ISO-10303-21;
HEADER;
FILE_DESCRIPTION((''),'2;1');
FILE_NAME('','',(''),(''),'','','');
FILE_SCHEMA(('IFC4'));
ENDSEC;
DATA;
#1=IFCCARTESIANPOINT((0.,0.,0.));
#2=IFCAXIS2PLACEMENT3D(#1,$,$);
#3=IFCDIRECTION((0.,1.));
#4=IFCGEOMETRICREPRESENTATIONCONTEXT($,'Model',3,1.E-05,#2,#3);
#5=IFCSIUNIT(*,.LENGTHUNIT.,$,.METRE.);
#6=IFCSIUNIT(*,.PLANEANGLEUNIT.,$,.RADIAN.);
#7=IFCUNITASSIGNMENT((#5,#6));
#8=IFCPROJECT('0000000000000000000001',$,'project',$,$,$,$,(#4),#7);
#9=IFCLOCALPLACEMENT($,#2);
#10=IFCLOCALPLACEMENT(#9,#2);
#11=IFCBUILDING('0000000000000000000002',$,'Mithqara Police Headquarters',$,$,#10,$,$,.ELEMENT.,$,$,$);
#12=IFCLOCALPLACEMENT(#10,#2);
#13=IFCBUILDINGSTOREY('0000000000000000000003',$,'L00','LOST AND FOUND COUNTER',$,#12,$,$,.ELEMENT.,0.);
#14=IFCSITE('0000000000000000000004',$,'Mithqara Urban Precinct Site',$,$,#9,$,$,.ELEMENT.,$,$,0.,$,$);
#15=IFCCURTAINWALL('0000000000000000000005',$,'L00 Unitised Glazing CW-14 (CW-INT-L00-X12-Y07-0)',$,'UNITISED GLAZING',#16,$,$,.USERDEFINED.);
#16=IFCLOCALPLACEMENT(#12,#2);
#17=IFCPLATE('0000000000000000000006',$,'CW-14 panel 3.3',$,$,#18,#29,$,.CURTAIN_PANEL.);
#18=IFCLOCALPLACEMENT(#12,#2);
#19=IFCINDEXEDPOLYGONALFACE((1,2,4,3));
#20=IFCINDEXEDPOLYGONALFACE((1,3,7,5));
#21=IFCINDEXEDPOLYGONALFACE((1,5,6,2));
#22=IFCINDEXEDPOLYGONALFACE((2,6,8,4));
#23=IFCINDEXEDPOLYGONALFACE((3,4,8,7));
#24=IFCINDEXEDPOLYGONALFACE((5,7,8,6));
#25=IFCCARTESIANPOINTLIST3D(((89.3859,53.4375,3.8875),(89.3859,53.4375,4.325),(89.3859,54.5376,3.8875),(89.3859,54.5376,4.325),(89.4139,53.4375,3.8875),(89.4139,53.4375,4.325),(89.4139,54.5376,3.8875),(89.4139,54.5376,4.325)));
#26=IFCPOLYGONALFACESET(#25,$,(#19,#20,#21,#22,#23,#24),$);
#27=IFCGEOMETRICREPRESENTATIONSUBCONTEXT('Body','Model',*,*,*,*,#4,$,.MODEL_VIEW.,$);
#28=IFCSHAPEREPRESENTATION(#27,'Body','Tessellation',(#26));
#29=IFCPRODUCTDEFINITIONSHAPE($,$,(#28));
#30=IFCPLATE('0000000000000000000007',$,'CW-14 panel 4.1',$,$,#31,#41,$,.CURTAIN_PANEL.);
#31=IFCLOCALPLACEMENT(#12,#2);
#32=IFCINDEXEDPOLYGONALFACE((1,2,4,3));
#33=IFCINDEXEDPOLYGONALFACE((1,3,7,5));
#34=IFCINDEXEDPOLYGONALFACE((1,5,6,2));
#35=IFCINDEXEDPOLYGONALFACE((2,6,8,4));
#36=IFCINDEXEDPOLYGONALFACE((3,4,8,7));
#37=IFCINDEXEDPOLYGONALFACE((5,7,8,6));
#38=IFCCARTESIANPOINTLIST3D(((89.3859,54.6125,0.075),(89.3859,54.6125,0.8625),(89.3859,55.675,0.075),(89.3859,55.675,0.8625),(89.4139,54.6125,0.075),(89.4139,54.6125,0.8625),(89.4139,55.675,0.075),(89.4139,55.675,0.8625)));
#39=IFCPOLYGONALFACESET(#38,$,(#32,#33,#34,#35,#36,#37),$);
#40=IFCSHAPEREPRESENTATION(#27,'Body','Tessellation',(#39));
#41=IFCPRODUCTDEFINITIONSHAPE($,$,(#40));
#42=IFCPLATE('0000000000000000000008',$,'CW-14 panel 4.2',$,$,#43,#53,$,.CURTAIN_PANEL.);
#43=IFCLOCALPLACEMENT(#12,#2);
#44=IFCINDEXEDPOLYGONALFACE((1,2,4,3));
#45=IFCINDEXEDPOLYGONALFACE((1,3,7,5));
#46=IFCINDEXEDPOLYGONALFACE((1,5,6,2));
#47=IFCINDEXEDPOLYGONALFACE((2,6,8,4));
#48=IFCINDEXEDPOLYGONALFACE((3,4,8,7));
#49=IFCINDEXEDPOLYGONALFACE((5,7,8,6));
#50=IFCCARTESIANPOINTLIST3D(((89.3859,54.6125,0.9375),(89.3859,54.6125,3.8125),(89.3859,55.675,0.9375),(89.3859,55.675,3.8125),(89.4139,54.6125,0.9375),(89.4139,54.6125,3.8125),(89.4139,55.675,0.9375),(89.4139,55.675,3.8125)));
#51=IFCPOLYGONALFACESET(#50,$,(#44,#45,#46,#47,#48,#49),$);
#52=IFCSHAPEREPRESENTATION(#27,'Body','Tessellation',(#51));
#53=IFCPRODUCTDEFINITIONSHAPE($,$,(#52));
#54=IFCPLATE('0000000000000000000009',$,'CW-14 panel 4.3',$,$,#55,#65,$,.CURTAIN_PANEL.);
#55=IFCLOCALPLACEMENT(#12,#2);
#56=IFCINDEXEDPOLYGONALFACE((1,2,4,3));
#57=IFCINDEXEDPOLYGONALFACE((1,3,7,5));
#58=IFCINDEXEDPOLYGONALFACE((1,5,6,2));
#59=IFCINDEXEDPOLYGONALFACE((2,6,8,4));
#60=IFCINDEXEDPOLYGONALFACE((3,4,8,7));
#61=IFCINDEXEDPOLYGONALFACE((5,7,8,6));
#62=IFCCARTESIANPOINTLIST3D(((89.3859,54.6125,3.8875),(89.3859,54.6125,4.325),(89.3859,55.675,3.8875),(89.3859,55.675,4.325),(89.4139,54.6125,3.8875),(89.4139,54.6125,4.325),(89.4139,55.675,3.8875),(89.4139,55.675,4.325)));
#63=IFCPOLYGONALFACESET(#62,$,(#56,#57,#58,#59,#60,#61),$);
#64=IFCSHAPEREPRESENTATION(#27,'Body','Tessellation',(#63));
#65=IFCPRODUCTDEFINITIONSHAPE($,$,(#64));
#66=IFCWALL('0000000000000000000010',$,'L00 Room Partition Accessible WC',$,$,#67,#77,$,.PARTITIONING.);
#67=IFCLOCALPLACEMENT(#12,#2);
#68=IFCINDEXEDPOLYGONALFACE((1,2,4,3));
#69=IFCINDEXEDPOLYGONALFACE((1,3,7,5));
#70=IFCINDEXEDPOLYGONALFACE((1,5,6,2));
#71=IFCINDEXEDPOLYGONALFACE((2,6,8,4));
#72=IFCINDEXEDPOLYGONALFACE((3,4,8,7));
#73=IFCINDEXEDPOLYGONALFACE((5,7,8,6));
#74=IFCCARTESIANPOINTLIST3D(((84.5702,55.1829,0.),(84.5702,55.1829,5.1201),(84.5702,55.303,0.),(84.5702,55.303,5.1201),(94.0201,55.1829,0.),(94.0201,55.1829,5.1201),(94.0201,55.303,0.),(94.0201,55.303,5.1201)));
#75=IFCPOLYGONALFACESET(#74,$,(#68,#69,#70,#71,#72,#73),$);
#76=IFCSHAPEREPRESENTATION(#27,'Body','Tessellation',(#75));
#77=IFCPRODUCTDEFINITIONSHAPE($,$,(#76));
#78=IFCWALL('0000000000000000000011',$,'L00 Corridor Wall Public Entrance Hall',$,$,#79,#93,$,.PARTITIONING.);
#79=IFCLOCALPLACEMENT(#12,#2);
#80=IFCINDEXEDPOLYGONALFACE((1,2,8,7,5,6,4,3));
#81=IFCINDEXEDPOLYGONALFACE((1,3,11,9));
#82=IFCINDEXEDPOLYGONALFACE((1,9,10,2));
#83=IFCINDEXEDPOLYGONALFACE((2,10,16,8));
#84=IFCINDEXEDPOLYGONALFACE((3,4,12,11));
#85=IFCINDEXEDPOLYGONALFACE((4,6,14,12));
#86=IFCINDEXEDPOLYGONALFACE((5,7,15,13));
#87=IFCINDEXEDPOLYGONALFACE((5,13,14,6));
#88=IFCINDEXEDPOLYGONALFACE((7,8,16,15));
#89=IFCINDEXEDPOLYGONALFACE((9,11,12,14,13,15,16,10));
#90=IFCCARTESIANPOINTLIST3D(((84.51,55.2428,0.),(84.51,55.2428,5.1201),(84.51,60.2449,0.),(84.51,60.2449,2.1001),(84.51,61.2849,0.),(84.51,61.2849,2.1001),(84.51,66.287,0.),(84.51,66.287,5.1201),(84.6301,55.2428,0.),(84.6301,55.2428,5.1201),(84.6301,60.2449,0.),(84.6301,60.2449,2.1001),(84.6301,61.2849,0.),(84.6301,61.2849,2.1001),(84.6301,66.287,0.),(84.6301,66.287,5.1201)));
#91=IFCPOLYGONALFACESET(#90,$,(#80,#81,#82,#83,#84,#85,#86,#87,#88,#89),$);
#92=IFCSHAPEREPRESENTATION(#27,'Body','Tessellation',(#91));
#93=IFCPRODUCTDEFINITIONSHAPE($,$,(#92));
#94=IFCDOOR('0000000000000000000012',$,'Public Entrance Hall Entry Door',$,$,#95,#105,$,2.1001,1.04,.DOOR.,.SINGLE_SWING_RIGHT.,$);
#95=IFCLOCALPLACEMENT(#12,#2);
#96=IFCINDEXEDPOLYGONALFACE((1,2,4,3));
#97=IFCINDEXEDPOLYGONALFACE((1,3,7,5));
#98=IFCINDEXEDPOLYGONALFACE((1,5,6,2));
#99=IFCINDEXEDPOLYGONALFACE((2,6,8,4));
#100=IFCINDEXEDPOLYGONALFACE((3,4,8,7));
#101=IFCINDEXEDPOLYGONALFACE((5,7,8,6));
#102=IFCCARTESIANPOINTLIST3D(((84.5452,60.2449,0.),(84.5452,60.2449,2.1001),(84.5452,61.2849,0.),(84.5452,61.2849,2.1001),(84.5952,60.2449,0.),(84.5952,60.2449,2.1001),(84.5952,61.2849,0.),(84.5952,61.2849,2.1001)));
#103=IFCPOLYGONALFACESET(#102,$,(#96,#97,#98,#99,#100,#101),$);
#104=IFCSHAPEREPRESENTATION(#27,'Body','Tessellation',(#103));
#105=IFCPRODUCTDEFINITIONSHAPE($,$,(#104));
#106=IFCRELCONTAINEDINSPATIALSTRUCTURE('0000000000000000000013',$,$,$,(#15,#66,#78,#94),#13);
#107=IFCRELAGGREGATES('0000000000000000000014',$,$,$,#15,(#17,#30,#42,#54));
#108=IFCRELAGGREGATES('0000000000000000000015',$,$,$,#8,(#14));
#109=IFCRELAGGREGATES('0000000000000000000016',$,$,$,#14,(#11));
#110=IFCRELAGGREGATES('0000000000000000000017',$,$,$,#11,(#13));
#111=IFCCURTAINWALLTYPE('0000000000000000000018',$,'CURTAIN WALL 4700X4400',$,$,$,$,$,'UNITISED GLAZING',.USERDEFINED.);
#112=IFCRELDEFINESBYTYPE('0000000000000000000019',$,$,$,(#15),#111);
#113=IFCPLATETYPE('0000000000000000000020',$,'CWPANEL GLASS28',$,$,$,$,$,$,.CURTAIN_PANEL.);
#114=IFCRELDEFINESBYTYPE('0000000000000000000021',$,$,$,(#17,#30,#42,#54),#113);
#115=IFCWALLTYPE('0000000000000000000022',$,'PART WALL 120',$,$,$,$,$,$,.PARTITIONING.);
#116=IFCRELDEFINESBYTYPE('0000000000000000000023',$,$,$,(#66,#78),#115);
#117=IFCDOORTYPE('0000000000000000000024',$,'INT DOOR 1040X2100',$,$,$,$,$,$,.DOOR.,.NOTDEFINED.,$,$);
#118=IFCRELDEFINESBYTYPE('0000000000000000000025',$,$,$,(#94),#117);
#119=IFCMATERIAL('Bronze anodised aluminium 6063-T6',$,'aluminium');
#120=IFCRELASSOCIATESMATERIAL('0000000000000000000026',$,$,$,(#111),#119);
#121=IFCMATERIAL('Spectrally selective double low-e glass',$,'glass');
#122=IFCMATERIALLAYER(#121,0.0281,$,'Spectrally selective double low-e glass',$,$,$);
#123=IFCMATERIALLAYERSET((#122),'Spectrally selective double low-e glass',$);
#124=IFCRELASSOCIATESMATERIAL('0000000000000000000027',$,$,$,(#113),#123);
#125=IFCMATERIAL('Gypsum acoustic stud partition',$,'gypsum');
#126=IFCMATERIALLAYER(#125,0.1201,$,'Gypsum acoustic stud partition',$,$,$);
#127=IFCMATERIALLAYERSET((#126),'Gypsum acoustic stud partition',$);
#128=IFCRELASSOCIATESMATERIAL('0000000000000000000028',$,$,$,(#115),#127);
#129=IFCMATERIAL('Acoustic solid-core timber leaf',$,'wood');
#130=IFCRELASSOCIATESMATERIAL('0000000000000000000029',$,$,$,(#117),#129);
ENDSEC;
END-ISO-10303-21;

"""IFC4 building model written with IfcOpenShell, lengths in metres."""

from ifc_helpers import new_model, si_unit, direction, frame, frame_2d, origin, origin_2d, place, context, subcontext, project, spatial, rectangle, extrude, material, layer, layer_set, type_object, element, fill, aggregate, save


model = new_model("IFC4")

# Units and contexts
model_context = context("Model", 3, precision=1e-05, world=origin(), true_north=direction((0.0, 1.0)))
body_context = subcontext(model_context, "Body", "Model", "MODEL_VIEW")
ifc_project = project(units=[si_unit("LENGTHUNIT", "METRE"), si_unit("PLANEANGLEUNIT", "RADIAN")], contexts=[model_context])

# Site, building, storey
site_placement = place(None, origin())
site = spatial("IfcSite", under=ifc_project, at=site_placement, Name="Mithqara Urban Precinct Site", CompositionType="ELEMENT", RefElevation=0.0)
building_placement = place(site_placement, origin())
building = spatial("IfcBuilding", under=site, at=building_placement, Name="Mithqara Police Headquarters", CompositionType="ELEMENT")
storey_placement = place(building_placement, origin())
storey = spatial("IfcBuildingStorey", under=building, at=storey_placement, Name="L00", Description="LOST AND FOUND COUNTER", CompositionType="ELEMENT", Elevation=0.0)

# Shared definitions
ifc_material_1 = material(Name="Bronze anodised aluminium 6063-T6", Category="aluminium")
curtain_wall_type = type_object("IfcCurtainWallType", Name="CURTAIN WALL 4700X4400", ElementType="UNITISED GLAZING", PredefinedType="USERDEFINED", material=ifc_material_1)

# Curtain wall
curtain_wall_1_placement = place(storey_placement, origin())
curtain_wall_1 = element("IfcCurtainWall", 1, at=curtain_wall_1_placement, inside=storey, type_object=curtain_wall_type, Name="L00 Unitised Glazing CW-14 (CW-INT-L00-X12-Y07-0)", ObjectType="UNITISED GLAZING", PredefinedType="USERDEFINED")

# Plates
ifc_material_2 = material(Name="Spectrally selective double low-e glass", Category="glass")
ifc_layer_1 = layer(ifc_material_2, 0.0281, Name="Spectrally selective double low-e glass")
ifc_layer_set_1 = layer_set([ifc_layer_1], Name="Spectrally selective double low-e glass")
plate_type = type_object("IfcPlateType", Name="CWPANEL GLASS28", PredefinedType="CURTAIN_PANEL", material=ifc_layer_set_1)
plate_1_placement = place(storey_placement, frame((89.3999, 53.9875, 3.8875), z_axis=(0.0, 0.0, 1.0), x_axis=(0.0, 1.0, 0.0)))
plate_1 = element("IfcPlate", 2, at=plate_1_placement, type_object=plate_type, Name="CW-14 panel 3.3", PredefinedType="CURTAIN_PANEL", context=body_context, shape_type="SweptSolid", body=[
    extrude(rectangle(XDim=1.1001, YDim=0.0281, at=origin_2d()), origin(), (0.0, 0.0, 1.0), 0.4375),
])
plate_2_placement = place(storey_placement, frame((89.3999, 55.1438, 0.075), z_axis=(0.0, 0.0, 1.0), x_axis=(0.0, 1.0, 0.0)))
plate_2 = element("IfcPlate", 3, at=plate_2_placement, type_object=plate_type, Name="CW-14 panel 4.1", PredefinedType="CURTAIN_PANEL", context=body_context, shape_type="SweptSolid", body=[
    extrude(rectangle(XDim=1.0625, YDim=0.0281, at=origin_2d()), origin(), (0.0, 0.0, 1.0), 0.7876),
])
plate_3_placement = place(storey_placement, frame((89.3999, 55.1438, 0.9375), z_axis=(0.0, 0.0, 1.0), x_axis=(0.0, 1.0, 0.0)))
plate_3 = element("IfcPlate", 4, at=plate_3_placement, type_object=plate_type, Name="CW-14 panel 4.2", PredefinedType="CURTAIN_PANEL", context=body_context, shape_type="SweptSolid", body=[
    extrude(rectangle(XDim=1.0625, YDim=0.0281, at=origin_2d()), origin(), (0.0, 0.0, 1.0), 2.875),
])
plate_4_placement = place(storey_placement, frame((89.3999, 55.1438, 3.8875), z_axis=(0.0, 0.0, 1.0), x_axis=(0.0, 1.0, 0.0)))
plate_4 = element("IfcPlate", 5, at=plate_4_placement, type_object=plate_type, Name="CW-14 panel 4.3", PredefinedType="CURTAIN_PANEL", context=body_context, shape_type="SweptSolid", body=[
    extrude(rectangle(XDim=1.0625, YDim=0.0281, at=origin_2d()), origin(), (0.0, 0.0, 1.0), 0.4375),
])
aggregate(curtain_wall_1, [plate_1, plate_2, plate_3, plate_4])

# Wall
ifc_material_3 = material(Name="Gypsum acoustic stud partition", Category="gypsum")
ifc_layer_2 = layer(ifc_material_3, 0.1201, Name="Gypsum acoustic stud partition")
ifc_layer_set_2 = layer_set([ifc_layer_2], Name="Gypsum acoustic stud partition")
wall_type = type_object("IfcWallType", Name="PART WALL 120", PredefinedType="PARTITIONING", material=ifc_layer_set_2)
wall_1_placement = place(storey_placement, frame((84.5701, 55.2429, 0.0), z_axis=(0.0, 0.0, 1.0), x_axis=(1.0, 0.0, 0.0)))
element("IfcWall", 6, at=wall_1_placement, inside=storey, type_object=wall_type, Name="L00 Room Partition Accessible WC", PredefinedType="PARTITIONING", context=body_context, shape_type="SweptSolid", body=[
    extrude(rectangle(XDim=9.45, YDim=0.1201, at=frame_2d((4.7251, 0.0))), origin(), (0.0, 0.0, 1.0), 5.1201),
])

# Wall, opening, door
wall_2_placement = place(storey_placement, frame((84.5701, 55.2429, 0.0), z_axis=(0.0, 0.0, 1.0), x_axis=(0.0, 1.0, 0.0)))
wall_2 = element("IfcWall", 7, at=wall_2_placement, inside=storey, type_object=wall_type, Name="L00 Corridor Wall Public Entrance Hall", PredefinedType="PARTITIONING", context=body_context, shape_type="SweptSolid", body=[
    extrude(rectangle(XDim=11.0442, YDim=0.1201, at=frame_2d((5.522, 0.0))), origin(), (0.0, 0.0, 1.0), 5.1201),
])
opening_placement = place(wall_2_placement, frame((5.002, 0.0, 0.0)))
opening = element("IfcOpeningElement", 8, at=opening_placement, cuts=wall_2, PredefinedType="OPENING", context=body_context, shape_type="SweptSolid", body=[
    extrude(rectangle(XDim=1.04, YDim=2.1001, at=frame_2d((0.52, 1.05))), frame((0.0, 0.0701, 0.0), z_axis=(0.0, -1.0, 0.0), x_axis=(1.0, 0.0, 0.0)), (0.0, 0.0, 1.0), 0.1401),
])
ifc_material_4 = material(Name="Acoustic solid-core timber leaf", Category="wood")
door_type = type_object("IfcDoorType", Name="INT DOOR 1040X2100", OperationType="NOTDEFINED", PredefinedType="DOOR", material=ifc_material_4)
door_placement = place(opening_placement, origin())
door = element("IfcDoor", 9, at=door_placement, inside=storey, type_object=door_type, Name="Public Entrance Hall Entry Door", OperationType="SINGLE_SWING_RIGHT", OverallHeight=2.1001, OverallWidth=1.04, PredefinedType="DOOR", context=body_context, shape_type="SweptSolid", body=[
    extrude(rectangle(XDim=1.04, YDim=2.1001, at=frame_2d((0.52, 1.05))), frame((0.0, 0.0249, 0.0), z_axis=(0.0, -1.0, 0.0), x_axis=(1.0, 0.0, 0.0)), (0.0, 0.0, 1.0), 0.05),
])
fill(opening, door)

save(model, "model.ifc")
